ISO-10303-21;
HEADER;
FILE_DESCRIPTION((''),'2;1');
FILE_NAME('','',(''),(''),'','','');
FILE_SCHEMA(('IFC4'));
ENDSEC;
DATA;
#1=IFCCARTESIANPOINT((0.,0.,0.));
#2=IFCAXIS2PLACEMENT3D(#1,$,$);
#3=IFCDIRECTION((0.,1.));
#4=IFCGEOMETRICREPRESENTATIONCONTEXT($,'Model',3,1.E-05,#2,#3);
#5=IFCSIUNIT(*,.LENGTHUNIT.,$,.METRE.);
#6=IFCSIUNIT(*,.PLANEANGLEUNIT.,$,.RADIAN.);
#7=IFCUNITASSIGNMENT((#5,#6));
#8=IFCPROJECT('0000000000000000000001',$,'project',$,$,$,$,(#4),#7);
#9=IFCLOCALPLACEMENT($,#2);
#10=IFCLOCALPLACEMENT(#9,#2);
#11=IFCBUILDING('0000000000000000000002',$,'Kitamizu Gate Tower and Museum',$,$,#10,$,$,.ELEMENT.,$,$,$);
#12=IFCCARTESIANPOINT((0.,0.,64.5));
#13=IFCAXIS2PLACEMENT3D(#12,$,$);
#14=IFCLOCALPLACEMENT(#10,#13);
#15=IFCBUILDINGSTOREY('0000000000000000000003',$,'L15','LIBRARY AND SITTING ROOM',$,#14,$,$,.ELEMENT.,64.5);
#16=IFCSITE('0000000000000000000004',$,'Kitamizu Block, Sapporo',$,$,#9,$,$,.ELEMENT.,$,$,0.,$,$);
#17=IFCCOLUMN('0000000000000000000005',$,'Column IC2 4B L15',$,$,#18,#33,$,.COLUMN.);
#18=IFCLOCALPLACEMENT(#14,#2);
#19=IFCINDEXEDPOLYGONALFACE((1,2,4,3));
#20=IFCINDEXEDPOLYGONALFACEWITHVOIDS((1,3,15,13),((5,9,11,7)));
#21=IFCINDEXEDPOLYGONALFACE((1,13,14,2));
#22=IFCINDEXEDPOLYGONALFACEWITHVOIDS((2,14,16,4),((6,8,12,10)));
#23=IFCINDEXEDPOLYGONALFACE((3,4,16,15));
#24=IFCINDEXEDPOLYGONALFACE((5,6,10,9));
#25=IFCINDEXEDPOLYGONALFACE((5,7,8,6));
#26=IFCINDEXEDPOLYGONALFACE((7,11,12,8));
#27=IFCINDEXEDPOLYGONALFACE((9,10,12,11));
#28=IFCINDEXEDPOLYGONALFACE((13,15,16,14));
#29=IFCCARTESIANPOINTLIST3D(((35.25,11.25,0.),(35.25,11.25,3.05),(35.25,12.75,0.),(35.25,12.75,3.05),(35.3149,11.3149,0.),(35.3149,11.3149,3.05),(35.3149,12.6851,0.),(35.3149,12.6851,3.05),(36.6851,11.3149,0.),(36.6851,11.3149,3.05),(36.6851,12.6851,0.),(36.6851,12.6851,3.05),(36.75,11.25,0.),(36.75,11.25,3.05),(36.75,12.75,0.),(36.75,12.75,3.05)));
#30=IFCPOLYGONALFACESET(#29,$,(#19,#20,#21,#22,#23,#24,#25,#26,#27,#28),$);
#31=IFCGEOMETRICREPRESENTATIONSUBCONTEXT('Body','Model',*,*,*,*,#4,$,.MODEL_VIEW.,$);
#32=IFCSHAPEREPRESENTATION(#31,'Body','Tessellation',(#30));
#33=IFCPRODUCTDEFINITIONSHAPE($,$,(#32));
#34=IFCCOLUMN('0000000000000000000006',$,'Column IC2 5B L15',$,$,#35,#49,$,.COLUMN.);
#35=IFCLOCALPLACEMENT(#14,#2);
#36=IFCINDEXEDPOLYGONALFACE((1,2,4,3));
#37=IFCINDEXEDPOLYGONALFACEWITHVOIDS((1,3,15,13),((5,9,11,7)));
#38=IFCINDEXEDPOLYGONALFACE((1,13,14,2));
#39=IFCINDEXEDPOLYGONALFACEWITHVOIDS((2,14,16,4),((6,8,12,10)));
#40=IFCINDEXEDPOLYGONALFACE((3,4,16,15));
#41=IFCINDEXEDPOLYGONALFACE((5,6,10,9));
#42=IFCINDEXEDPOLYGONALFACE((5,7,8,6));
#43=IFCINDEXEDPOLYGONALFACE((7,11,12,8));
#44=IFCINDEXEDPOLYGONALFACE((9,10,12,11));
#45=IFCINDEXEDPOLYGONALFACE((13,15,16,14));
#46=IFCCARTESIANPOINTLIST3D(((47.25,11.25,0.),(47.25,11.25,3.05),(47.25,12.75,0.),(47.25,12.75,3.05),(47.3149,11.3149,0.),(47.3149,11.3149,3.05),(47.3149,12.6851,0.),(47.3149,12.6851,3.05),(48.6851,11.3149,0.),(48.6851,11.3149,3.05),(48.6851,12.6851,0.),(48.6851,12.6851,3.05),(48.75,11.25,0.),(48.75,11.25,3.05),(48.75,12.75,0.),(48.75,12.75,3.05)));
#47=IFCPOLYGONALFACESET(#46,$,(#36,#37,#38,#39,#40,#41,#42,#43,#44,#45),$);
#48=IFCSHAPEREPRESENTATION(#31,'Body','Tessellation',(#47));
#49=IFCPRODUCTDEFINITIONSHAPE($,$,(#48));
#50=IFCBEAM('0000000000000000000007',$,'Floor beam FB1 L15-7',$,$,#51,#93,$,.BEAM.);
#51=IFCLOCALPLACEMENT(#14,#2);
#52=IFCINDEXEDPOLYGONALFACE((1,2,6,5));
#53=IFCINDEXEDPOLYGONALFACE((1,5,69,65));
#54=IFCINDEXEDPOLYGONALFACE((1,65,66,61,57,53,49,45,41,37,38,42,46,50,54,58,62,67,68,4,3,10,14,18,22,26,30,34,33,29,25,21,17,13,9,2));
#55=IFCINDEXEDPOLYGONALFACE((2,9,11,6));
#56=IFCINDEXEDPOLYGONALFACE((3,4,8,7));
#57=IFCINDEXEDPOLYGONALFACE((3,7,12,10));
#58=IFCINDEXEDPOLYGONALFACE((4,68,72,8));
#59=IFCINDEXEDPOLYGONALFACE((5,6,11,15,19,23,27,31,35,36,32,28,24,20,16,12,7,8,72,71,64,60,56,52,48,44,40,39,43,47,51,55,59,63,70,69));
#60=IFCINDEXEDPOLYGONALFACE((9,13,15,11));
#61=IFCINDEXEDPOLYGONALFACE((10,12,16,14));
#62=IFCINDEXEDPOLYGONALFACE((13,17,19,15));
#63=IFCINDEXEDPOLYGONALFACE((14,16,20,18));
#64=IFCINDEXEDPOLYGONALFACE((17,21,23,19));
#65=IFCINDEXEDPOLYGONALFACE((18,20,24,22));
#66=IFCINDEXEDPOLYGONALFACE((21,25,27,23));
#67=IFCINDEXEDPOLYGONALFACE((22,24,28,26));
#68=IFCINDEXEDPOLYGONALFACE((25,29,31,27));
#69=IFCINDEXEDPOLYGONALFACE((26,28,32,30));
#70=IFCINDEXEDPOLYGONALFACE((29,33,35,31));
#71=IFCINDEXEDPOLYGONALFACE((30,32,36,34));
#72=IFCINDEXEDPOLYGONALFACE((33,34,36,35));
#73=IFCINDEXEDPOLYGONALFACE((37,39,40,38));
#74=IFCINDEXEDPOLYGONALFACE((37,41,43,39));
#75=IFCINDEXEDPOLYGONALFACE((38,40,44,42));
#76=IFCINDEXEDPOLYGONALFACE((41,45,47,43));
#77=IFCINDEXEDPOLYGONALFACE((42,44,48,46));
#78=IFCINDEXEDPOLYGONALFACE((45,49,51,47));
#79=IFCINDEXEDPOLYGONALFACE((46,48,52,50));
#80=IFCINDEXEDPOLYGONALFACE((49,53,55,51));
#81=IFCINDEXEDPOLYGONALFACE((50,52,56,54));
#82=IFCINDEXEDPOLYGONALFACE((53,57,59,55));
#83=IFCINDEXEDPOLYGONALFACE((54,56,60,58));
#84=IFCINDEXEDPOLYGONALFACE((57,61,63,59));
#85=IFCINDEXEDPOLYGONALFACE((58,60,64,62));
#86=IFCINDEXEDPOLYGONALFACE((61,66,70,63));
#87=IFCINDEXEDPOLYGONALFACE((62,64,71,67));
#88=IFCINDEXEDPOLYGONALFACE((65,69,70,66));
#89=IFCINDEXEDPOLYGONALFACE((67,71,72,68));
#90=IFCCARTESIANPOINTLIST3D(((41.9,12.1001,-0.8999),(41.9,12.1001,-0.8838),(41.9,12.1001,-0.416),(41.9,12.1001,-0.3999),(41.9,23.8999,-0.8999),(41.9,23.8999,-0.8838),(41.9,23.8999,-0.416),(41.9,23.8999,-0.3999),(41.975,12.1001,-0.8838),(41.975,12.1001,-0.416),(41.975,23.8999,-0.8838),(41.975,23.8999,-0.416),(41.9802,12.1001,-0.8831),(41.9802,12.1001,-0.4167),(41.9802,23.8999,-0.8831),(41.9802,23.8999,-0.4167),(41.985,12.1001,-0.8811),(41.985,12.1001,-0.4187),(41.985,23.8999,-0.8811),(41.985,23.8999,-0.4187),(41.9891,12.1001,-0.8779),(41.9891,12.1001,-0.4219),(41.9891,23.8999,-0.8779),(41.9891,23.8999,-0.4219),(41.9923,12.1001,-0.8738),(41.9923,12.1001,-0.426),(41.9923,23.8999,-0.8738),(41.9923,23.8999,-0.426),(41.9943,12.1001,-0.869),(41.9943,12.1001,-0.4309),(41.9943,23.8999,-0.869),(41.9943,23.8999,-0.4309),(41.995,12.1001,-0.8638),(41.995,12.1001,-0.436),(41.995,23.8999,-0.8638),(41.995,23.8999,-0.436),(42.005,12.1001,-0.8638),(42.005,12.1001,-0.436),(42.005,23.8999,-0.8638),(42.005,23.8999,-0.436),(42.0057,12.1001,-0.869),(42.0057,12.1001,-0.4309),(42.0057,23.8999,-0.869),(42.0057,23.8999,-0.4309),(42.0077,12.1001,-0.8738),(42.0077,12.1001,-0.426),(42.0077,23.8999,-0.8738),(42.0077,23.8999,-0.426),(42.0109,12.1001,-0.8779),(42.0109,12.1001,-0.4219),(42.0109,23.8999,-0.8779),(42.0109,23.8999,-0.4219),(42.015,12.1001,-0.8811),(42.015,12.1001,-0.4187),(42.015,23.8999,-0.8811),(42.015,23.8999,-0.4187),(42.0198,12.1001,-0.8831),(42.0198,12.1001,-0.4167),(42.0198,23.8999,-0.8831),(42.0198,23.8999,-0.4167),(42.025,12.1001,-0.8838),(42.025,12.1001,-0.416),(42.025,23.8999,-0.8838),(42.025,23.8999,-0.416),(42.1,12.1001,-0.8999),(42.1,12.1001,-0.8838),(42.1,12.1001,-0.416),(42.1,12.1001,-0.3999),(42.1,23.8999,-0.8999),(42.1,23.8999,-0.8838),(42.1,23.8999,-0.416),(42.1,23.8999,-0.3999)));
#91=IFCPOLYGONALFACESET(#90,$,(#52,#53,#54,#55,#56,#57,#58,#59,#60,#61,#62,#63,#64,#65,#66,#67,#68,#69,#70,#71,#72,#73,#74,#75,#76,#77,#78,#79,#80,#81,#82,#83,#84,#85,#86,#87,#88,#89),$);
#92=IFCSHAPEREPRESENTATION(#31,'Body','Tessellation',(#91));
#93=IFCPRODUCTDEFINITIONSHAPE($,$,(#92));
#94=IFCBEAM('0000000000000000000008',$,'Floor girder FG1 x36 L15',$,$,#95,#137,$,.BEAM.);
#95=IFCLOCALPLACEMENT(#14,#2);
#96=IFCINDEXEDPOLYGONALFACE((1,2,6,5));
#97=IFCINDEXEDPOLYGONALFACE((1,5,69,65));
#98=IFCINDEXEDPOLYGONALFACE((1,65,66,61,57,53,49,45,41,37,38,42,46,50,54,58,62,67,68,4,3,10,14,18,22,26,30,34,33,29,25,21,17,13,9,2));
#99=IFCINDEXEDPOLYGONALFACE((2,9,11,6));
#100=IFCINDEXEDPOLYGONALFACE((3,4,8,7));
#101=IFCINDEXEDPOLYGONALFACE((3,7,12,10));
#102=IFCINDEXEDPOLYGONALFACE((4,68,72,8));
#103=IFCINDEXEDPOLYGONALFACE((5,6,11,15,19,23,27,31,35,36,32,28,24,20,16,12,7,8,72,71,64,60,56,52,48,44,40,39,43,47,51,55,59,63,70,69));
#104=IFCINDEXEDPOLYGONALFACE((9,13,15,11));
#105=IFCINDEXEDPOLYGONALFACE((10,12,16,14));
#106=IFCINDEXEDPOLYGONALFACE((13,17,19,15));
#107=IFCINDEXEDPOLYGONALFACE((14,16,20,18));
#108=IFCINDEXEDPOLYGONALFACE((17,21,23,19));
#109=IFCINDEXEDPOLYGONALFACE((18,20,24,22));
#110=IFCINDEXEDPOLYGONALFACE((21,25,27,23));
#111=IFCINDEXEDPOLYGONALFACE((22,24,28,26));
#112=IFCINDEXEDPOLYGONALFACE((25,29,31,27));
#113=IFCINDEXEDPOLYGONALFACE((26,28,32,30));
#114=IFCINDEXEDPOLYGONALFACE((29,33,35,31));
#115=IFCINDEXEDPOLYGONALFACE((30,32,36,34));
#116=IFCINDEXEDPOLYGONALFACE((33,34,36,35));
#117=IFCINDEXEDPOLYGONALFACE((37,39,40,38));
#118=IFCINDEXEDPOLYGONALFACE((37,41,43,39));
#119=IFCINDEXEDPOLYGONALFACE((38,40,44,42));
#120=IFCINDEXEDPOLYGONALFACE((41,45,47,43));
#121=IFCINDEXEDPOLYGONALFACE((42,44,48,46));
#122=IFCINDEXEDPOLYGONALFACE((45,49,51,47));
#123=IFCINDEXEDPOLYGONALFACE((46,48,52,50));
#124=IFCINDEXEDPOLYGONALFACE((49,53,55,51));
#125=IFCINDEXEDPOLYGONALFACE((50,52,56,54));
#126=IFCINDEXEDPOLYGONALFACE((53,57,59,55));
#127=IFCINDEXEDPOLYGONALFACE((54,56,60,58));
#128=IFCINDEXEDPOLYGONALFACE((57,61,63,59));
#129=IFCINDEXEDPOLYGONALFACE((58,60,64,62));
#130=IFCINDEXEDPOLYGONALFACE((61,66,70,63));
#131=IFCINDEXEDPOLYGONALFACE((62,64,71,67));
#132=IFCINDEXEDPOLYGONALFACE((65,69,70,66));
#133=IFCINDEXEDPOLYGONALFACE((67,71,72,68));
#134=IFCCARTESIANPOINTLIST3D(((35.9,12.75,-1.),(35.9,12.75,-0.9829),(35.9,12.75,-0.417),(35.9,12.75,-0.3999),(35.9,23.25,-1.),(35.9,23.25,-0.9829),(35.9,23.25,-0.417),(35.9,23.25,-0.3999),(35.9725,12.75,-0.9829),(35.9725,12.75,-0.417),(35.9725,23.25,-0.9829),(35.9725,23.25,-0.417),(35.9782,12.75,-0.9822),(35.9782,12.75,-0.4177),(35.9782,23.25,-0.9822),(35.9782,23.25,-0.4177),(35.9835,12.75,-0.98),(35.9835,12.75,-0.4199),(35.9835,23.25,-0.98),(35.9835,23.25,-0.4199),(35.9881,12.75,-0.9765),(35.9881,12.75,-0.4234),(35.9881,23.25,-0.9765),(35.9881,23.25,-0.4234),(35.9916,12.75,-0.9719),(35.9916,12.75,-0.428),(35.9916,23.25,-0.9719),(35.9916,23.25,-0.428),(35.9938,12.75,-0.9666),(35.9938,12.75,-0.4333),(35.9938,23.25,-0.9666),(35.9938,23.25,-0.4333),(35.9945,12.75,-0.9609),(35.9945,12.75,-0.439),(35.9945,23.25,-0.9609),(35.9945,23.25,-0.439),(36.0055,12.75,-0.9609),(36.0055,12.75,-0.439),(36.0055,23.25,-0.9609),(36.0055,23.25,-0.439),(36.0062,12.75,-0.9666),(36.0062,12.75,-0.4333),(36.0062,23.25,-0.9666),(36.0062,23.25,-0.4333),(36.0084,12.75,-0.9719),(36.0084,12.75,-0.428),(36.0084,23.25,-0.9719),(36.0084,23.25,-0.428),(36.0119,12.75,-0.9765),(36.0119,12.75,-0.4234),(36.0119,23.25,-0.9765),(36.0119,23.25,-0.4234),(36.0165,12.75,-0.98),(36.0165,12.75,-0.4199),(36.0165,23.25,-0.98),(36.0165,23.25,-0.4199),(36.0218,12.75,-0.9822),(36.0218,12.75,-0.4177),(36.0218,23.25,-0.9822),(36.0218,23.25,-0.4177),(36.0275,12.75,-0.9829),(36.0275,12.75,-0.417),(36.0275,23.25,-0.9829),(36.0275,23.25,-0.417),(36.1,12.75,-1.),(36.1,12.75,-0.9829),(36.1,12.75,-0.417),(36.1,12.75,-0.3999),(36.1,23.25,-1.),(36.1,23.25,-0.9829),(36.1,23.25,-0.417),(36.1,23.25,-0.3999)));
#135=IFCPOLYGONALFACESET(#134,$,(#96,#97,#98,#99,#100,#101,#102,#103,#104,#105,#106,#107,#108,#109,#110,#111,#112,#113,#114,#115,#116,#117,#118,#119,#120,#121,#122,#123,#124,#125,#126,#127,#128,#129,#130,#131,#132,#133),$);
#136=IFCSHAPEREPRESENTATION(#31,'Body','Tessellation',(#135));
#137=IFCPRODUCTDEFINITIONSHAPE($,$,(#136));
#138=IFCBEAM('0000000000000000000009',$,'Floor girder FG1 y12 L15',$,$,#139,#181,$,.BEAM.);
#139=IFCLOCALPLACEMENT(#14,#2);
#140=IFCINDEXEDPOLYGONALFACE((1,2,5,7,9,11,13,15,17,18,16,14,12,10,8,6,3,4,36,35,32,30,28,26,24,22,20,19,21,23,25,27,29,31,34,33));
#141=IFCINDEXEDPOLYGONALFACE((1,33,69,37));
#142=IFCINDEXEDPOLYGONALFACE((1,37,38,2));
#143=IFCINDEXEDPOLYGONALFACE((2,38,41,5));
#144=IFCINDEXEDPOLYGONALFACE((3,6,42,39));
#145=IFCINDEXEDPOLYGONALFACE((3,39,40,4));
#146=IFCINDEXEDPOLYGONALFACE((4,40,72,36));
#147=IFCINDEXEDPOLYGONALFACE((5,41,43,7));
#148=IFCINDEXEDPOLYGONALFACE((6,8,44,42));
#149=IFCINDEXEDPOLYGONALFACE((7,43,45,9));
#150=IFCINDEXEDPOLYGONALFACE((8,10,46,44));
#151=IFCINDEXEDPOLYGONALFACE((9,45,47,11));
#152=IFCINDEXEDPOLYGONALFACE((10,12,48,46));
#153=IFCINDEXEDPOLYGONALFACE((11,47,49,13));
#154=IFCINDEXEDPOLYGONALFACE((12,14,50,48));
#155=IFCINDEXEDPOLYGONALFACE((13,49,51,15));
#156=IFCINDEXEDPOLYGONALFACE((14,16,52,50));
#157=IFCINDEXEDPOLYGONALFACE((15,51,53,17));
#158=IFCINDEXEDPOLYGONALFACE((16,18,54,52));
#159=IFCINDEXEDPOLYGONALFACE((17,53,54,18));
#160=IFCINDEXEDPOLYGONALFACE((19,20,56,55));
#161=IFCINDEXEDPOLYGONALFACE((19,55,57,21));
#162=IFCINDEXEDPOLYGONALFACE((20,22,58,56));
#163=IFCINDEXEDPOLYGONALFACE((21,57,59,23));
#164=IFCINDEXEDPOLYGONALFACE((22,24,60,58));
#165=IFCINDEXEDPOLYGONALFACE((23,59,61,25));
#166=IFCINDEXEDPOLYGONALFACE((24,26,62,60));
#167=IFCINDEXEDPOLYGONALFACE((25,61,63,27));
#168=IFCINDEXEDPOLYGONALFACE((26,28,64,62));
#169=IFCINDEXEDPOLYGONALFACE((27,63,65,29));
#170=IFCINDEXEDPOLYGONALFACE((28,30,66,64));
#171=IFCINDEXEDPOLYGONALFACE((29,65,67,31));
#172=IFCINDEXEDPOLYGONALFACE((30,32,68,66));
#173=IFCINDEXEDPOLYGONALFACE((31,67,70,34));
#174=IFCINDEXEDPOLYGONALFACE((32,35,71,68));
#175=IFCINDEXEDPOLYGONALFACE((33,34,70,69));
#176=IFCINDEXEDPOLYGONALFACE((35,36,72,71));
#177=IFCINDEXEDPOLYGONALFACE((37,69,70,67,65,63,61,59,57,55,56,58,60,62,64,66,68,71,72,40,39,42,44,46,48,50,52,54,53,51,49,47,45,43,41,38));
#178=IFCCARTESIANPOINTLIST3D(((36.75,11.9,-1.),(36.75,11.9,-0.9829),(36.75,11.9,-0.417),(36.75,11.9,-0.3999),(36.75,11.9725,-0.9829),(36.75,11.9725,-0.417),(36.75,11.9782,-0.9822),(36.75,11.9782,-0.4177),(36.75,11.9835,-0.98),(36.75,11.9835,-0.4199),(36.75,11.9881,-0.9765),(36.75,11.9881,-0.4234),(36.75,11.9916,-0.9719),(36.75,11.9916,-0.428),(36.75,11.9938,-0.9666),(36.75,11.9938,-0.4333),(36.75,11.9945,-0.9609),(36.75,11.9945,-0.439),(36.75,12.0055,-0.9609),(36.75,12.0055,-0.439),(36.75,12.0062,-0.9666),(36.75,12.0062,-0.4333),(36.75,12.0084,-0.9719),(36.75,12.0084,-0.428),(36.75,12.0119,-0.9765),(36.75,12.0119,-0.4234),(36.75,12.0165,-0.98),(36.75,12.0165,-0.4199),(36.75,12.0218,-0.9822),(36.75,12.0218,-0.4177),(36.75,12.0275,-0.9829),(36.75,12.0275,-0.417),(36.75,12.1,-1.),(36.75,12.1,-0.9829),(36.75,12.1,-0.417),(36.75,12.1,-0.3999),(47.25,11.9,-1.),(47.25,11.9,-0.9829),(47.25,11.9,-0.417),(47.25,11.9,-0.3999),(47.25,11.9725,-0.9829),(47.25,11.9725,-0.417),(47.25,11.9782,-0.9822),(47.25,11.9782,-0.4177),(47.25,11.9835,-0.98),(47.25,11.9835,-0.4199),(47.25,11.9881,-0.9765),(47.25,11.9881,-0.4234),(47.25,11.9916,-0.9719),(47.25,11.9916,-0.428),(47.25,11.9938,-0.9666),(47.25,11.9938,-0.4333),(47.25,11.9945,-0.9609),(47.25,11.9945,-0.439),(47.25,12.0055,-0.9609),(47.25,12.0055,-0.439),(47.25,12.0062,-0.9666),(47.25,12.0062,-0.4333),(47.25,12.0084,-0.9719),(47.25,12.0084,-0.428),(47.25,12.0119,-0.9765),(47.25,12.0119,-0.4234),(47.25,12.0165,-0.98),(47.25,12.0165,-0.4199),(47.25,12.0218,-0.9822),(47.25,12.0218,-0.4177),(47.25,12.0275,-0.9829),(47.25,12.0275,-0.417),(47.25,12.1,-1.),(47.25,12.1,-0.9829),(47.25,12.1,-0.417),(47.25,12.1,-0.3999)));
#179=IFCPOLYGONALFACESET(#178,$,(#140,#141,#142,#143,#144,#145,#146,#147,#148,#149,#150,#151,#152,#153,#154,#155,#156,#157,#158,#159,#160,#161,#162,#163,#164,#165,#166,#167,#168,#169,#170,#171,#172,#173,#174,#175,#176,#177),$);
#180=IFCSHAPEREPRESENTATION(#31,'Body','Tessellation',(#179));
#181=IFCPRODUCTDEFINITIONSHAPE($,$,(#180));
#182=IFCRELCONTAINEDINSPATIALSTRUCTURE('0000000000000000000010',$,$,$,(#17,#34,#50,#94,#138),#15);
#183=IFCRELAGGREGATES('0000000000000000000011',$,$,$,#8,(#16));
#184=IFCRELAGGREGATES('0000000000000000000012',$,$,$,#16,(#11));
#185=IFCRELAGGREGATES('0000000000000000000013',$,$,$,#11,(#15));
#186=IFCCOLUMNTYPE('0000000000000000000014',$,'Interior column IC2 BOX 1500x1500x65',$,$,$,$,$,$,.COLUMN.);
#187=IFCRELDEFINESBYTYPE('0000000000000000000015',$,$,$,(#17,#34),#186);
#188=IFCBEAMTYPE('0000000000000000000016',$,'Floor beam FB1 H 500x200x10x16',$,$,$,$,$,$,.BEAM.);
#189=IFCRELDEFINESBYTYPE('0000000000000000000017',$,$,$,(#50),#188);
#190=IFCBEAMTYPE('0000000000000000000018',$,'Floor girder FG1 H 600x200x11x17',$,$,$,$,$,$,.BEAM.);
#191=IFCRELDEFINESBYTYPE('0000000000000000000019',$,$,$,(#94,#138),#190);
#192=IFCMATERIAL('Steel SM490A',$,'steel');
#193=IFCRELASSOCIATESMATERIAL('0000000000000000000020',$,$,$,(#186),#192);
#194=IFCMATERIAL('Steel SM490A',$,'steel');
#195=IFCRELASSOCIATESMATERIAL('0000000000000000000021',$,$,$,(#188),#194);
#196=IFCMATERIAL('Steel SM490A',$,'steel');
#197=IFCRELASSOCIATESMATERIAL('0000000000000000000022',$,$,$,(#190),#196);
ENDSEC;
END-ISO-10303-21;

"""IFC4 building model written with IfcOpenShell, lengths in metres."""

from ifc_helpers import new_model, si_unit, direction, frame, origin, origin_2d, place, context, subcontext, project, spatial, hollow_rectangle, i_section, extrude, material, material_profile, profile_set, type_object, element, save


model = new_model("IFC4")

# Units and contexts
model_context = context("Model", 3, precision=1e-05, world=origin(), true_north=direction((0.0, 1.0)))
body_context = subcontext(model_context, "Body", "Model", "MODEL_VIEW")
ifc_project = project(units=[si_unit("LENGTHUNIT", "METRE"), si_unit("PLANEANGLEUNIT", "RADIAN")], contexts=[model_context])

# Site, building, storey
site_placement = place(None, origin())
site = spatial("IfcSite", under=ifc_project, at=site_placement, Name="Kitamizu Block, Sapporo", CompositionType="ELEMENT", RefElevation=0.0)
building_placement = place(site_placement, origin())
building = spatial("IfcBuilding", under=site, at=building_placement, Name="Kitamizu Gate Tower and Museum", CompositionType="ELEMENT")
storey_placement = place(building_placement, frame((0.0, 0.0, 64.5)))
storey = spatial("IfcBuildingStorey", under=building, at=storey_placement, Name="L15", Description="LIBRARY AND SITTING ROOM", CompositionType="ELEMENT", Elevation=64.5)

# Columns
ifc_material_1 = material(Name="Steel SM490A", Category="steel")
ifc_material_profile_1 = material_profile(ifc_material_1, hollow_rectangle(XDim=1.5, YDim=1.5, WallThickness=0.0649, at=origin_2d()), Name="BOX 1500x1500x65")
ifc_profile_set_1 = profile_set([ifc_material_profile_1], Name="Steel SM490A")
column_type = type_object("IfcColumnType", Name="Interior column IC2 BOX 1500x1500x65", PredefinedType="COLUMN", material=ifc_profile_set_1)
for number, where, z_axis, x_axis, name in (
    (1, (36.0, 12.0, 0.0), (0.0, 0.0, 1.0), (1.0, 0.0, 0.0), "Column IC2 4B L15"),
    (2, (48.0, 12.0, 0.0), (0.0, 0.0, 1.0), (1.0, 0.0, 0.0), "Column IC2 5B L15"),
):
    element("IfcColumn", number, at=place(storey_placement, frame(where, z_axis=z_axis, x_axis=x_axis)), inside=storey, type_object=column_type, Name=name, PredefinedType="COLUMN", context=body_context, shape_type="SweptSolid", body=[
        extrude(hollow_rectangle(XDim=1.5, YDim=1.5, WallThickness=0.0649, at=origin_2d()), origin(), (0.0, 0.0, 1.0), 3.05),
    ])

# Beams
ifc_material_2 = material(Name="Steel SM490A", Category="steel")
ifc_material_profile_2 = material_profile(ifc_material_2, i_section(OverallWidth=0.2, OverallDepth=0.5, WebThickness=0.01, FlangeThickness=0.0161, FilletRadius=0.02, at=origin_2d()), Name="H-500x200x10x16")
ifc_profile_set_2 = profile_set([ifc_material_profile_2], Name="Steel SM490A")
beam_type_1 = type_object("IfcBeamType", Name="Floor beam FB1 H 500x200x10x16", PredefinedType="BEAM", material=ifc_profile_set_2)
beam_placement = place(storey_placement, frame((42.0, 12.1001, -0.6499), z_axis=(0.0, 1.0, 0.0), x_axis=(-1.0, 0.0, 0.0)))
element("IfcBeam", 3, at=beam_placement, inside=storey, type_object=beam_type_1, Name="Floor beam FB1 L15-7", PredefinedType="BEAM", context=body_context, shape_type="SweptSolid", body=[
    extrude(i_section(OverallWidth=0.2, OverallDepth=0.5, WebThickness=0.01, FlangeThickness=0.0161, FilletRadius=0.02, at=origin_2d()), origin(), (0.0, 0.0, 1.0), 11.7998),
])
ifc_material_3 = material(Name="Steel SM490A", Category="steel")
ifc_material_profile_3 = material_profile(ifc_material_3, i_section(OverallWidth=0.2, OverallDepth=0.6001, WebThickness=0.011, FlangeThickness=0.0171, FilletRadius=0.022, at=origin_2d()), Name="H-600x200x11x17")
ifc_profile_set_3 = profile_set([ifc_material_profile_3], Name="Steel SM490A")
beam_type_2 = type_object("IfcBeamType", Name="Floor girder FG1 H 600x200x11x17", PredefinedType="BEAM", material=ifc_profile_set_3)
for number, where, z_axis, x_axis, name in (
    (4, (36.0, 12.75, -0.7), (0.0, 1.0, 0.0), (-1.0, 0.0, 0.0), "Floor girder FG1 x36 L15"),
    (5, (36.75, 12.0, -0.7), (1.0, 0.0, 0.0), (0.0, 1.0, 0.0), "Floor girder FG1 y12 L15"),
):
    element("IfcBeam", number, at=place(storey_placement, frame(where, z_axis=z_axis, x_axis=x_axis)), inside=storey, type_object=beam_type_2, Name=name, PredefinedType="BEAM", context=body_context, shape_type="SweptSolid", body=[
        extrude(i_section(OverallWidth=0.2, OverallDepth=0.6001, WebThickness=0.011, FlangeThickness=0.0171, FilletRadius=0.022, at=origin_2d()), origin(), (0.0, 0.0, 1.0), 10.5),
    ])

save(model, "model.ifc")
